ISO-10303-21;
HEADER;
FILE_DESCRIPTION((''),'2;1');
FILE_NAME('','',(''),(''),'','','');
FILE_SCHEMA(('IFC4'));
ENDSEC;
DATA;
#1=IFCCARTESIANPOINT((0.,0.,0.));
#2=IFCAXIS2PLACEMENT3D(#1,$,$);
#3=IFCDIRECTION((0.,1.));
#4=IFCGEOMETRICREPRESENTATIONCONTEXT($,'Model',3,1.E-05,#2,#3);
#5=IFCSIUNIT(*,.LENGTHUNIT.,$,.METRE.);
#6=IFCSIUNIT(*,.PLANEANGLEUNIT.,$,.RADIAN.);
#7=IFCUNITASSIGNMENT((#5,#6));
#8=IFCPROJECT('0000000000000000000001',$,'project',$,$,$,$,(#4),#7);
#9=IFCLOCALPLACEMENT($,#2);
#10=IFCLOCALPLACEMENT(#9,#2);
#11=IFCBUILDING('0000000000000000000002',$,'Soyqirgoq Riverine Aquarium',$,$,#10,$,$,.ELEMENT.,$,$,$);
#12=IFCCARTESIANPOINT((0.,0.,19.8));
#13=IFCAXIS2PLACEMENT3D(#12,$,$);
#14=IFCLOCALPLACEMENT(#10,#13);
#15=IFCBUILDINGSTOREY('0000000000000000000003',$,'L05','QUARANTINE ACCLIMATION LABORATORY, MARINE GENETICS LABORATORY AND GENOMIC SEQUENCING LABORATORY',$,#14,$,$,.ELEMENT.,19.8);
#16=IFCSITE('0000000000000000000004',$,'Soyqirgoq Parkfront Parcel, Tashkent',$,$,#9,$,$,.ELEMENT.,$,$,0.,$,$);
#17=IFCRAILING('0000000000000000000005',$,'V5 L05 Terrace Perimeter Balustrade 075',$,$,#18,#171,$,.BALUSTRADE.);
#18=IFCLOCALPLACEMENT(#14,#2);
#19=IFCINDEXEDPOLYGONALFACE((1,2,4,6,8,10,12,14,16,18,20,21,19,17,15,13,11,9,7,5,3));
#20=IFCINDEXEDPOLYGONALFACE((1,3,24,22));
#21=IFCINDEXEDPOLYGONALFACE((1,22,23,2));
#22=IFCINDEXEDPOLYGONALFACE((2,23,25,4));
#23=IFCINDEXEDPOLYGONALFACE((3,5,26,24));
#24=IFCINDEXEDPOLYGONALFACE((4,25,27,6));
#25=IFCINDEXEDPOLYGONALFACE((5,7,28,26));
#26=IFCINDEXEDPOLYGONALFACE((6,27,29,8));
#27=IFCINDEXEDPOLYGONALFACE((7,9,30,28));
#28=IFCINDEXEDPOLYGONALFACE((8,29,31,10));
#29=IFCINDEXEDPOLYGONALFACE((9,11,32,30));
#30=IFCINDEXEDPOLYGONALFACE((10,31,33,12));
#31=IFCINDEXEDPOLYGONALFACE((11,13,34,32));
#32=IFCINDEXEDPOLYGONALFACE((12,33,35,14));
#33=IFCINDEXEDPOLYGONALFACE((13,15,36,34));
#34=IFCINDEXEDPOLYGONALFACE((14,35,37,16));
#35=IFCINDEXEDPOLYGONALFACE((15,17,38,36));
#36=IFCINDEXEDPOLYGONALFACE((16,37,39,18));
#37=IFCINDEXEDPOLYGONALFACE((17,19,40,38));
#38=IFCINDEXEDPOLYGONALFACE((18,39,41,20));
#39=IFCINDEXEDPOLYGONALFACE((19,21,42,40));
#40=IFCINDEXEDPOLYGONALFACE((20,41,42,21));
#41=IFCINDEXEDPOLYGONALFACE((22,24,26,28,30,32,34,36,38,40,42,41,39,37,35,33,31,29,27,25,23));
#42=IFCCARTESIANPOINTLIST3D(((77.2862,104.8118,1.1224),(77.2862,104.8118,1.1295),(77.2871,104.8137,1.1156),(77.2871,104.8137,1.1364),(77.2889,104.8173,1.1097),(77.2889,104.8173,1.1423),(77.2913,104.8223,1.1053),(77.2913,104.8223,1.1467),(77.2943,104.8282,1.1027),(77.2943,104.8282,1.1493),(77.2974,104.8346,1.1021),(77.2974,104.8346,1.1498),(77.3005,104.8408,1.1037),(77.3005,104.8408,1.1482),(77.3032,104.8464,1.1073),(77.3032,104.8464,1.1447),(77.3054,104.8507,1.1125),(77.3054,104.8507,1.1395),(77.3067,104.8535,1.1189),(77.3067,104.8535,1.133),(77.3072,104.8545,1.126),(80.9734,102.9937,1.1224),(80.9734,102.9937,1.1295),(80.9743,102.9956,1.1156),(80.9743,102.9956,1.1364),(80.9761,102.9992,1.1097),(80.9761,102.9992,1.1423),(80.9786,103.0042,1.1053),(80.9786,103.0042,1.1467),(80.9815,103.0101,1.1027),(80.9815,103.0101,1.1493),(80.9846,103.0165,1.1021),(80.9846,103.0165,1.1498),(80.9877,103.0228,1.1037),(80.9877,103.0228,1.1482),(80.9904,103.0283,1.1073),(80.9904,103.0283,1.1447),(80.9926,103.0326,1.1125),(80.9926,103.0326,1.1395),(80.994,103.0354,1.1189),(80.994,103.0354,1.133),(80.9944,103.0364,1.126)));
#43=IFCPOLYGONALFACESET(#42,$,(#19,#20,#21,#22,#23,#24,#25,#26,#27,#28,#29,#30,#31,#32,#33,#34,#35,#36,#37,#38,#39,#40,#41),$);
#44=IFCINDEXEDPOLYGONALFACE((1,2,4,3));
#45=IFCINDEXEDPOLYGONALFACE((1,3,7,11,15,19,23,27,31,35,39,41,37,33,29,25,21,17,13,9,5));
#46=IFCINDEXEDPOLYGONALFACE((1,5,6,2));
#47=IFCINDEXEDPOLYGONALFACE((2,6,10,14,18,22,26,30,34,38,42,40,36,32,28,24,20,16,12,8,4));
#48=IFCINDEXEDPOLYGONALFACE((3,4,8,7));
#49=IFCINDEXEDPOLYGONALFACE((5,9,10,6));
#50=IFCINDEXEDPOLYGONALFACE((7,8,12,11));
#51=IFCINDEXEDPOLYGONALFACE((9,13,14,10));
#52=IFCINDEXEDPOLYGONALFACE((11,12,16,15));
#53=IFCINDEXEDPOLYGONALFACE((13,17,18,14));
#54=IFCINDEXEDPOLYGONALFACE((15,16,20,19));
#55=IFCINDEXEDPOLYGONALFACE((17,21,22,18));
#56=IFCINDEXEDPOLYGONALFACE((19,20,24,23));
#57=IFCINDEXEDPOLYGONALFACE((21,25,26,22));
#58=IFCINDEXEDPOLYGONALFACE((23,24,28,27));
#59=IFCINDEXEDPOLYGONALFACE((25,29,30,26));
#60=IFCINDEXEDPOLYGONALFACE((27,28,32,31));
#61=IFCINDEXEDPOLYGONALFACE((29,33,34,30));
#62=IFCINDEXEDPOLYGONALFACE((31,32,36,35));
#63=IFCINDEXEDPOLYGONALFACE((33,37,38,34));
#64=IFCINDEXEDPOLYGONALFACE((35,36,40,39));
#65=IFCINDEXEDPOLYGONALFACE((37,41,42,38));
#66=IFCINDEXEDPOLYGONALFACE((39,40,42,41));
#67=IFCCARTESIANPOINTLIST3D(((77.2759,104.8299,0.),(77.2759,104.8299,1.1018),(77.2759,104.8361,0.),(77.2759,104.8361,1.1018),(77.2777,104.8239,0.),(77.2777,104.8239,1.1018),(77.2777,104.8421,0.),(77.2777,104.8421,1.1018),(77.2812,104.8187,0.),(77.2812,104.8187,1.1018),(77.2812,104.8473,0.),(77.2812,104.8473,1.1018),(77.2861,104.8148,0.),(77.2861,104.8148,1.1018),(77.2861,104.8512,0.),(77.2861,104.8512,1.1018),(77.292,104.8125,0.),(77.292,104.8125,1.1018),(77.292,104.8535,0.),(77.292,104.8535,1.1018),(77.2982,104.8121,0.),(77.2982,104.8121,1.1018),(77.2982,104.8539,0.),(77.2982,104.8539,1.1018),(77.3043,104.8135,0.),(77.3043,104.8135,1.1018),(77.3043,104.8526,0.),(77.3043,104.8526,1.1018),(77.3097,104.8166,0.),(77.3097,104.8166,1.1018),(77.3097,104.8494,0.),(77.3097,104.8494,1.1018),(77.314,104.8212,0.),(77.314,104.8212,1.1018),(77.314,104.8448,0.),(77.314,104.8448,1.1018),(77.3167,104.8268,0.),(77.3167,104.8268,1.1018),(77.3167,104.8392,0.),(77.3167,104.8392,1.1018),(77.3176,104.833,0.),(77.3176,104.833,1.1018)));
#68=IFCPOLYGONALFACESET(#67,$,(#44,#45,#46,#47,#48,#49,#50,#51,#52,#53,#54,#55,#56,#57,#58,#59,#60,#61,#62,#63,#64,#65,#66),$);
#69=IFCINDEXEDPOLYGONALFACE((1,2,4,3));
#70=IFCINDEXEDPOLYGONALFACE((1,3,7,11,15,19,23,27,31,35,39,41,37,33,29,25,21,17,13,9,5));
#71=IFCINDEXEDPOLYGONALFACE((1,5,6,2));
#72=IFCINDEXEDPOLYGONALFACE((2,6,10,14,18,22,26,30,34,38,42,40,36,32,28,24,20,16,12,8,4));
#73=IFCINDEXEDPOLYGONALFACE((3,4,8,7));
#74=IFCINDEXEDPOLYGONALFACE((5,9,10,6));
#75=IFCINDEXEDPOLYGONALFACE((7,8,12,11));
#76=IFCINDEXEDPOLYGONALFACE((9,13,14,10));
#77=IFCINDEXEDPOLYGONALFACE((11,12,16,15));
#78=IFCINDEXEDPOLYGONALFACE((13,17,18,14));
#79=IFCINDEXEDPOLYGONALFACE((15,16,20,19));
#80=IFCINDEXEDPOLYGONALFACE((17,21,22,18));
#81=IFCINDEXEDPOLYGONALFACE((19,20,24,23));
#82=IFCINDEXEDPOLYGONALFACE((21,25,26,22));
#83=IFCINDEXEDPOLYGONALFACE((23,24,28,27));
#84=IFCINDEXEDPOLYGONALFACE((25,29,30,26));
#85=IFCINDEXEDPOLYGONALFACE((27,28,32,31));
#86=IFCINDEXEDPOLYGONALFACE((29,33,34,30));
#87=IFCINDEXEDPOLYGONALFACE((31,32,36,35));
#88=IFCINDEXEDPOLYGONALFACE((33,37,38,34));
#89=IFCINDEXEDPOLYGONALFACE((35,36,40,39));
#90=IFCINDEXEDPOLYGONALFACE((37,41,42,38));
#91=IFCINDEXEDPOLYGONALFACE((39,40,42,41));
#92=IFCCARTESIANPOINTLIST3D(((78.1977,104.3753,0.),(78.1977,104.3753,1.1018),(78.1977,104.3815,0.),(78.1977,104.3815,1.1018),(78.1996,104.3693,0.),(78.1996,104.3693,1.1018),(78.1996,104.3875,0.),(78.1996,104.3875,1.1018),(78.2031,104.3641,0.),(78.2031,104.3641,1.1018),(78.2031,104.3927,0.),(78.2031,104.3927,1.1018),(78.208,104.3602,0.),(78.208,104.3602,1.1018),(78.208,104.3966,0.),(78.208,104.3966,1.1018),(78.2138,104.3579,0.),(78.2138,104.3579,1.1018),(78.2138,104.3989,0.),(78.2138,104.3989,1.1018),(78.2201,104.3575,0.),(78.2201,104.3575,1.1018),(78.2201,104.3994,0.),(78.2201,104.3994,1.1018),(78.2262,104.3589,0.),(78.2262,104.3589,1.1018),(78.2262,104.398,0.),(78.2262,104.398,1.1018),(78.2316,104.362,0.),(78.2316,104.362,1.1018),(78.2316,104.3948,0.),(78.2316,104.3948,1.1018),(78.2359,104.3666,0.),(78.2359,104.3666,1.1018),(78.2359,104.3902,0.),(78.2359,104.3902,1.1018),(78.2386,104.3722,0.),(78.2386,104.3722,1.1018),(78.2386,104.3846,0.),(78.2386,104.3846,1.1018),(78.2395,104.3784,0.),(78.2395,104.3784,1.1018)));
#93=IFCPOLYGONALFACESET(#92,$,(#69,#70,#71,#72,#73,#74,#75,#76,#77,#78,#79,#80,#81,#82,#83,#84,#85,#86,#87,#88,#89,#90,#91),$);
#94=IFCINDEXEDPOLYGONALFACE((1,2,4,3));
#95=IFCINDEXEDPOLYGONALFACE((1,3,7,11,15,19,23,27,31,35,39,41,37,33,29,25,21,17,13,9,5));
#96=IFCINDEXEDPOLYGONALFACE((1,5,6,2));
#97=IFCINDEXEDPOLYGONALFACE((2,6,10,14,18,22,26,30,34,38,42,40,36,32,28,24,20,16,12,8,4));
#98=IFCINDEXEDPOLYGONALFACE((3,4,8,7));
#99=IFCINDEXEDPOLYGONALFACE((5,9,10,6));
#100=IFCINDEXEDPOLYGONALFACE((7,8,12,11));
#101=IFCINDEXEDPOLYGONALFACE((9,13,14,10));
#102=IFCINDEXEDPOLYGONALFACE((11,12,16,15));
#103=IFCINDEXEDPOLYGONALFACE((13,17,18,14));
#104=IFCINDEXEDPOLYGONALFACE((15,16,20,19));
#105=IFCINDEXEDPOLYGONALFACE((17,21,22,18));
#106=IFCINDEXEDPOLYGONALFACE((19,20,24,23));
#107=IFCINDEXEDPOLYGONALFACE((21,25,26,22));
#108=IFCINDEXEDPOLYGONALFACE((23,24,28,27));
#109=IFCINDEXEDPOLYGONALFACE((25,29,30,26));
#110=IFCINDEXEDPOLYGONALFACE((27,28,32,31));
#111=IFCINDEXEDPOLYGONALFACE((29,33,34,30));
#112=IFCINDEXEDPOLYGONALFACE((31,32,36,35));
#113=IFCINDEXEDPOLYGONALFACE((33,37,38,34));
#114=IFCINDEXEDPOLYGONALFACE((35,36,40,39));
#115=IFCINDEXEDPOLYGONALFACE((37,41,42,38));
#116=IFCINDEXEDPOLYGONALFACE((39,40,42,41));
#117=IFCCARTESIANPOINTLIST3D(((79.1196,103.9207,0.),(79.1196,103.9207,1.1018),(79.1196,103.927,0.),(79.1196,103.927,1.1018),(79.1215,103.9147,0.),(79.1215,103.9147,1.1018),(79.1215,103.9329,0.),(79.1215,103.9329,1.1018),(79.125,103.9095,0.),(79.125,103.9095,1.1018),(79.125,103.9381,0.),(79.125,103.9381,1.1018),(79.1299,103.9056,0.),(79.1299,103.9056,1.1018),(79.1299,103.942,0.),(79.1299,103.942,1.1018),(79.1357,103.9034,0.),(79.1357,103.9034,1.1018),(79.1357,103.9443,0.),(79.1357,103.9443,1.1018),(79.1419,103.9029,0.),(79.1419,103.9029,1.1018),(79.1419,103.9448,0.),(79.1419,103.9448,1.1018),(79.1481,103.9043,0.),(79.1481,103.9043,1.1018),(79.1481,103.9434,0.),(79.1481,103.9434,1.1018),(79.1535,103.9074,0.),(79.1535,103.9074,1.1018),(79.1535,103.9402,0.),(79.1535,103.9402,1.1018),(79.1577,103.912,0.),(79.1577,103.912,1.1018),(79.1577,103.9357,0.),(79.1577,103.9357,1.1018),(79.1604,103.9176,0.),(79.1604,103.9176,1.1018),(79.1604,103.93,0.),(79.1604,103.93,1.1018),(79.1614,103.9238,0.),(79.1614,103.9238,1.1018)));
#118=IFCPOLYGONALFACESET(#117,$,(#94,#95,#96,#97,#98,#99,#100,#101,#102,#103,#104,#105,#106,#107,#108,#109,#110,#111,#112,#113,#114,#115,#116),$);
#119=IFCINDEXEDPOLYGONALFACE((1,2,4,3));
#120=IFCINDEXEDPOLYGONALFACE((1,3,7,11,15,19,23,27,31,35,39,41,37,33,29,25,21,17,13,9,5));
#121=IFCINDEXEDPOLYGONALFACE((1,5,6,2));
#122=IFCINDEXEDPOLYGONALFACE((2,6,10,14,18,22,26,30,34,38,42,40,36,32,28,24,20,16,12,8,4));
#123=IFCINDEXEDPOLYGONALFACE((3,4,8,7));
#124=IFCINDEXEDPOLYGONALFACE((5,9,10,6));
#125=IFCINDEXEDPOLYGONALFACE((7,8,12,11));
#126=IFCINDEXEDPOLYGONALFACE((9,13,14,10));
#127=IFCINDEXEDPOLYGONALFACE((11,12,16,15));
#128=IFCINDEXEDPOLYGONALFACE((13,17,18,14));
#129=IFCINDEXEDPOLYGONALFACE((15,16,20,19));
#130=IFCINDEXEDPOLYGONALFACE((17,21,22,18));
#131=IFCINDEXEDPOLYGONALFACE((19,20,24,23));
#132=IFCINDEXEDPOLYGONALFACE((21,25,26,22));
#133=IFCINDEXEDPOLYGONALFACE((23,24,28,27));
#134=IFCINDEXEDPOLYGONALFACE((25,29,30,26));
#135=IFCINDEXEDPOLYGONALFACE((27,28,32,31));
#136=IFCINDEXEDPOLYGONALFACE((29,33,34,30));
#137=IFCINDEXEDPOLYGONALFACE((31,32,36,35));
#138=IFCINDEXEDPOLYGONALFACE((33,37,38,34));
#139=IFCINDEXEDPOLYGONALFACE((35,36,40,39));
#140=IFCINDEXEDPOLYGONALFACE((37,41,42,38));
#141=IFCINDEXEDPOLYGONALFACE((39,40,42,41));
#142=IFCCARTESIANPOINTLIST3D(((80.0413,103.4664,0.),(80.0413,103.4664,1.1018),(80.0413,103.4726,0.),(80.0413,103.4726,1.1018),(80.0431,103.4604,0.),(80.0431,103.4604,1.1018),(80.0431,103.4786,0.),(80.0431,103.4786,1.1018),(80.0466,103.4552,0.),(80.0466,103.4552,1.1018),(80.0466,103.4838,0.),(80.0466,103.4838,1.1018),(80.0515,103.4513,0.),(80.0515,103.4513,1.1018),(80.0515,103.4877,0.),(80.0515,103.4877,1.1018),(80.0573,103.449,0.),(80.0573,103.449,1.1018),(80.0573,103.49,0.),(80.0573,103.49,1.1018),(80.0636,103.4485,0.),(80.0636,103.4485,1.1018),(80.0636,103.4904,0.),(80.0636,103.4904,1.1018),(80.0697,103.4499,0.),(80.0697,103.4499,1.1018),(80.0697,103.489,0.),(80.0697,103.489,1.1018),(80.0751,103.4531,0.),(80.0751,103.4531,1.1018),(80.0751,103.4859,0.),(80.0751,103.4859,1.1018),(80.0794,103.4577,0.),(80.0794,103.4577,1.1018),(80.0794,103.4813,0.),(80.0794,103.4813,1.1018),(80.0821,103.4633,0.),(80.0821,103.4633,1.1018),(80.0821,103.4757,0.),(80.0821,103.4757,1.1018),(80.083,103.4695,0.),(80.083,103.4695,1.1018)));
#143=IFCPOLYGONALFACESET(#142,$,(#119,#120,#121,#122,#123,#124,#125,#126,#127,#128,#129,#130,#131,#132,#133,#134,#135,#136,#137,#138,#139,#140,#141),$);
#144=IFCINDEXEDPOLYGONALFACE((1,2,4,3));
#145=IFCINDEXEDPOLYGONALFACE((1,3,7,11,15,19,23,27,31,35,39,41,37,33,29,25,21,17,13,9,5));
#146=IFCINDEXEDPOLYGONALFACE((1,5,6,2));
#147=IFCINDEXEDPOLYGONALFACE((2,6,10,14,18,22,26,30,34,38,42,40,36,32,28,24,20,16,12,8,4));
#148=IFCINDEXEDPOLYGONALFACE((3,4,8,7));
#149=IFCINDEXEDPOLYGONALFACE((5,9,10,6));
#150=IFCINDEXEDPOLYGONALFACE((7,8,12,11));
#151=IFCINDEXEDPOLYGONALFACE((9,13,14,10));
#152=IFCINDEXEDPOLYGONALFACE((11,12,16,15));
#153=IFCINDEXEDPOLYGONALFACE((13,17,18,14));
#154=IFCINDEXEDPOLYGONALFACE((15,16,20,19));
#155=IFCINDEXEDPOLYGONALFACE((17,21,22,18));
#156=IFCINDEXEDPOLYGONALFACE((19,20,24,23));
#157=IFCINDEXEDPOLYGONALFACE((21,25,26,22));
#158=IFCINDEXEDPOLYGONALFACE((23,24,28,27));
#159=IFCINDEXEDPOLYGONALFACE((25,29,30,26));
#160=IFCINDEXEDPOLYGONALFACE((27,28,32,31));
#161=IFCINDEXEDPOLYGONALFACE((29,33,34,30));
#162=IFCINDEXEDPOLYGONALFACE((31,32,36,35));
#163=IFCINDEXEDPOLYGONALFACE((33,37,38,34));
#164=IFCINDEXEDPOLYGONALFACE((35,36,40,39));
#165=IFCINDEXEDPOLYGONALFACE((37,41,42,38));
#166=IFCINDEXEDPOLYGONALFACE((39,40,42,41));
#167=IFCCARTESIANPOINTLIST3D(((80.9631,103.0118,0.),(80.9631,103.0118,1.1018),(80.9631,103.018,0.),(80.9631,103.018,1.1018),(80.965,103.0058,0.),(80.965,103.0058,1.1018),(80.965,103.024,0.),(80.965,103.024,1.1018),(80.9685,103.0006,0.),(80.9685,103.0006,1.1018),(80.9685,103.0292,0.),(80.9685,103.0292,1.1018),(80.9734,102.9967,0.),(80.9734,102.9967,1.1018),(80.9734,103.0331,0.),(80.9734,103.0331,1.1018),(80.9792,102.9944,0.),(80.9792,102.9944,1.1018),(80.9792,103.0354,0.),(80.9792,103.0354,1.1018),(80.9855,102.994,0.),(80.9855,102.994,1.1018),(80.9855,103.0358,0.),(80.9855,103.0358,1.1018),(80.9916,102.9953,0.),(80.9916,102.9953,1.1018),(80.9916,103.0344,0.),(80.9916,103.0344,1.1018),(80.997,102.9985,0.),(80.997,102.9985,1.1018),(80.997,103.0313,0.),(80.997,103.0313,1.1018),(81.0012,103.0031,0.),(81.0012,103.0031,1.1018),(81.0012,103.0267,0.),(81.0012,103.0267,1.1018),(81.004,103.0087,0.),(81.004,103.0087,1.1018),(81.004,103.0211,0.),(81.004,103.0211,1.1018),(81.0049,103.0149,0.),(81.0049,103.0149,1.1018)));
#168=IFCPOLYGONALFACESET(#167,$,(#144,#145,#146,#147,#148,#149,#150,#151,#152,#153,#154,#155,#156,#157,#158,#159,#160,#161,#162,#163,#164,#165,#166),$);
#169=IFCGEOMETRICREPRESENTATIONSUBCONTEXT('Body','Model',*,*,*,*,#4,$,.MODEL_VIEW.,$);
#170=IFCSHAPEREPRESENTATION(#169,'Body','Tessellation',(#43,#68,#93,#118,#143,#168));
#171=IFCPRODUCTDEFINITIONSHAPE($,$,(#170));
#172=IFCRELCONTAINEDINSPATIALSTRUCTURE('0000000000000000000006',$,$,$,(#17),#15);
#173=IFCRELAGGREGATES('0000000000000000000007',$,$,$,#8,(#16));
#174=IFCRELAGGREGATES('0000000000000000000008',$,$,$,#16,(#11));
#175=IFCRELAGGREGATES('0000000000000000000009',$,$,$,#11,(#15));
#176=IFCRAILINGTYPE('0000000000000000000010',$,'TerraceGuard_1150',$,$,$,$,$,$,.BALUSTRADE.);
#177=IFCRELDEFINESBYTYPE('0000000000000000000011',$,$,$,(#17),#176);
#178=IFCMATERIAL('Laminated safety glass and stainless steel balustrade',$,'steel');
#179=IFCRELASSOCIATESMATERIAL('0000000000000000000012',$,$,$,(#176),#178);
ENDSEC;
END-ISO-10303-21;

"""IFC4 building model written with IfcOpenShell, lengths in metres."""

from ifc_helpers import new_model, si_unit, direction, frame, origin, origin_2d, place, context, subcontext, project, spatial, circle, extrude, material, type_object, element, save


model = new_model("IFC4")

# Units and contexts
model_context = context("Model", 3, precision=1e-05, world=origin(), true_north=direction((0.0, 1.0)))
body_context = subcontext(model_context, "Body", "Model", "MODEL_VIEW")
ifc_project = project(units=[si_unit("LENGTHUNIT", "METRE"), si_unit("PLANEANGLEUNIT", "RADIAN")], contexts=[model_context])

# Site, building, storey
site_placement = place(None, origin())
site = spatial("IfcSite", under=ifc_project, at=site_placement, Name="Soyqirgoq Parkfront Parcel, Tashkent", CompositionType="ELEMENT", RefElevation=0.0)
building_placement = place(site_placement, origin())
building = spatial("IfcBuilding", under=site, at=building_placement, Name="Soyqirgoq Riverine Aquarium", CompositionType="ELEMENT")
storey_placement = place(building_placement, frame((0.0, 0.0, 19.8)))
storey = spatial("IfcBuildingStorey", under=building, at=storey_placement, Name="L05", Description="QUARANTINE ACCLIMATION LABORATORY, MARINE GENETICS LABORATORY AND GENOMIC SEQUENCING LABORATORY", CompositionType="ELEMENT", Elevation=19.8)

# Railing
ifc_material_1 = material(Name="Laminated safety glass and stainless steel balustrade", Category="steel")
railing_type = type_object("IfcRailingType", Name="TerraceGuard_1150", PredefinedType="BALUSTRADE", material=ifc_material_1)
railing_1_placement = place(storey_placement, frame((77.2966, 104.833, 0.0)))
element("IfcRailing", 1, at=railing_1_placement, inside=storey, type_object=railing_type, Name="V5 L05 Terrace Perimeter Balustrade 075", PredefinedType="BALUSTRADE", context=body_context, shape_type="SweptSolid", body=[
    extrude(circle(Radius=0.0239, at=origin_2d()), frame((0.0, 0.0, 1.126), z_axis=(0.896896, -0.442242, 0.0), x_axis=(0.442242, 0.896896, 0.0)), (0.0, 0.0, 1.0), 4.1111),
    extrude(circle(Radius=0.021, at=origin_2d()), origin(), (0.0, 0.0, 1.0), 1.1018),
    extrude(circle(Radius=0.021, at=origin_2d()), frame((0.9219, -0.4546, 0.0)), (0.0, 0.0, 1.0), 1.1018),
    extrude(circle(Radius=0.021, at=origin_2d()), frame((1.8438, -0.9092, 0.0)), (0.0, 0.0, 1.0), 1.1018),
    extrude(circle(Radius=0.021, at=origin_2d()), frame((2.7654, -1.3635, 0.0)), (0.0, 0.0, 1.0), 1.1018),
    extrude(circle(Radius=0.021, at=origin_2d()), frame((3.6873, -1.8181, 0.0)), (0.0, 0.0, 1.0), 1.1018),
])

save(model, "model.ifc")
